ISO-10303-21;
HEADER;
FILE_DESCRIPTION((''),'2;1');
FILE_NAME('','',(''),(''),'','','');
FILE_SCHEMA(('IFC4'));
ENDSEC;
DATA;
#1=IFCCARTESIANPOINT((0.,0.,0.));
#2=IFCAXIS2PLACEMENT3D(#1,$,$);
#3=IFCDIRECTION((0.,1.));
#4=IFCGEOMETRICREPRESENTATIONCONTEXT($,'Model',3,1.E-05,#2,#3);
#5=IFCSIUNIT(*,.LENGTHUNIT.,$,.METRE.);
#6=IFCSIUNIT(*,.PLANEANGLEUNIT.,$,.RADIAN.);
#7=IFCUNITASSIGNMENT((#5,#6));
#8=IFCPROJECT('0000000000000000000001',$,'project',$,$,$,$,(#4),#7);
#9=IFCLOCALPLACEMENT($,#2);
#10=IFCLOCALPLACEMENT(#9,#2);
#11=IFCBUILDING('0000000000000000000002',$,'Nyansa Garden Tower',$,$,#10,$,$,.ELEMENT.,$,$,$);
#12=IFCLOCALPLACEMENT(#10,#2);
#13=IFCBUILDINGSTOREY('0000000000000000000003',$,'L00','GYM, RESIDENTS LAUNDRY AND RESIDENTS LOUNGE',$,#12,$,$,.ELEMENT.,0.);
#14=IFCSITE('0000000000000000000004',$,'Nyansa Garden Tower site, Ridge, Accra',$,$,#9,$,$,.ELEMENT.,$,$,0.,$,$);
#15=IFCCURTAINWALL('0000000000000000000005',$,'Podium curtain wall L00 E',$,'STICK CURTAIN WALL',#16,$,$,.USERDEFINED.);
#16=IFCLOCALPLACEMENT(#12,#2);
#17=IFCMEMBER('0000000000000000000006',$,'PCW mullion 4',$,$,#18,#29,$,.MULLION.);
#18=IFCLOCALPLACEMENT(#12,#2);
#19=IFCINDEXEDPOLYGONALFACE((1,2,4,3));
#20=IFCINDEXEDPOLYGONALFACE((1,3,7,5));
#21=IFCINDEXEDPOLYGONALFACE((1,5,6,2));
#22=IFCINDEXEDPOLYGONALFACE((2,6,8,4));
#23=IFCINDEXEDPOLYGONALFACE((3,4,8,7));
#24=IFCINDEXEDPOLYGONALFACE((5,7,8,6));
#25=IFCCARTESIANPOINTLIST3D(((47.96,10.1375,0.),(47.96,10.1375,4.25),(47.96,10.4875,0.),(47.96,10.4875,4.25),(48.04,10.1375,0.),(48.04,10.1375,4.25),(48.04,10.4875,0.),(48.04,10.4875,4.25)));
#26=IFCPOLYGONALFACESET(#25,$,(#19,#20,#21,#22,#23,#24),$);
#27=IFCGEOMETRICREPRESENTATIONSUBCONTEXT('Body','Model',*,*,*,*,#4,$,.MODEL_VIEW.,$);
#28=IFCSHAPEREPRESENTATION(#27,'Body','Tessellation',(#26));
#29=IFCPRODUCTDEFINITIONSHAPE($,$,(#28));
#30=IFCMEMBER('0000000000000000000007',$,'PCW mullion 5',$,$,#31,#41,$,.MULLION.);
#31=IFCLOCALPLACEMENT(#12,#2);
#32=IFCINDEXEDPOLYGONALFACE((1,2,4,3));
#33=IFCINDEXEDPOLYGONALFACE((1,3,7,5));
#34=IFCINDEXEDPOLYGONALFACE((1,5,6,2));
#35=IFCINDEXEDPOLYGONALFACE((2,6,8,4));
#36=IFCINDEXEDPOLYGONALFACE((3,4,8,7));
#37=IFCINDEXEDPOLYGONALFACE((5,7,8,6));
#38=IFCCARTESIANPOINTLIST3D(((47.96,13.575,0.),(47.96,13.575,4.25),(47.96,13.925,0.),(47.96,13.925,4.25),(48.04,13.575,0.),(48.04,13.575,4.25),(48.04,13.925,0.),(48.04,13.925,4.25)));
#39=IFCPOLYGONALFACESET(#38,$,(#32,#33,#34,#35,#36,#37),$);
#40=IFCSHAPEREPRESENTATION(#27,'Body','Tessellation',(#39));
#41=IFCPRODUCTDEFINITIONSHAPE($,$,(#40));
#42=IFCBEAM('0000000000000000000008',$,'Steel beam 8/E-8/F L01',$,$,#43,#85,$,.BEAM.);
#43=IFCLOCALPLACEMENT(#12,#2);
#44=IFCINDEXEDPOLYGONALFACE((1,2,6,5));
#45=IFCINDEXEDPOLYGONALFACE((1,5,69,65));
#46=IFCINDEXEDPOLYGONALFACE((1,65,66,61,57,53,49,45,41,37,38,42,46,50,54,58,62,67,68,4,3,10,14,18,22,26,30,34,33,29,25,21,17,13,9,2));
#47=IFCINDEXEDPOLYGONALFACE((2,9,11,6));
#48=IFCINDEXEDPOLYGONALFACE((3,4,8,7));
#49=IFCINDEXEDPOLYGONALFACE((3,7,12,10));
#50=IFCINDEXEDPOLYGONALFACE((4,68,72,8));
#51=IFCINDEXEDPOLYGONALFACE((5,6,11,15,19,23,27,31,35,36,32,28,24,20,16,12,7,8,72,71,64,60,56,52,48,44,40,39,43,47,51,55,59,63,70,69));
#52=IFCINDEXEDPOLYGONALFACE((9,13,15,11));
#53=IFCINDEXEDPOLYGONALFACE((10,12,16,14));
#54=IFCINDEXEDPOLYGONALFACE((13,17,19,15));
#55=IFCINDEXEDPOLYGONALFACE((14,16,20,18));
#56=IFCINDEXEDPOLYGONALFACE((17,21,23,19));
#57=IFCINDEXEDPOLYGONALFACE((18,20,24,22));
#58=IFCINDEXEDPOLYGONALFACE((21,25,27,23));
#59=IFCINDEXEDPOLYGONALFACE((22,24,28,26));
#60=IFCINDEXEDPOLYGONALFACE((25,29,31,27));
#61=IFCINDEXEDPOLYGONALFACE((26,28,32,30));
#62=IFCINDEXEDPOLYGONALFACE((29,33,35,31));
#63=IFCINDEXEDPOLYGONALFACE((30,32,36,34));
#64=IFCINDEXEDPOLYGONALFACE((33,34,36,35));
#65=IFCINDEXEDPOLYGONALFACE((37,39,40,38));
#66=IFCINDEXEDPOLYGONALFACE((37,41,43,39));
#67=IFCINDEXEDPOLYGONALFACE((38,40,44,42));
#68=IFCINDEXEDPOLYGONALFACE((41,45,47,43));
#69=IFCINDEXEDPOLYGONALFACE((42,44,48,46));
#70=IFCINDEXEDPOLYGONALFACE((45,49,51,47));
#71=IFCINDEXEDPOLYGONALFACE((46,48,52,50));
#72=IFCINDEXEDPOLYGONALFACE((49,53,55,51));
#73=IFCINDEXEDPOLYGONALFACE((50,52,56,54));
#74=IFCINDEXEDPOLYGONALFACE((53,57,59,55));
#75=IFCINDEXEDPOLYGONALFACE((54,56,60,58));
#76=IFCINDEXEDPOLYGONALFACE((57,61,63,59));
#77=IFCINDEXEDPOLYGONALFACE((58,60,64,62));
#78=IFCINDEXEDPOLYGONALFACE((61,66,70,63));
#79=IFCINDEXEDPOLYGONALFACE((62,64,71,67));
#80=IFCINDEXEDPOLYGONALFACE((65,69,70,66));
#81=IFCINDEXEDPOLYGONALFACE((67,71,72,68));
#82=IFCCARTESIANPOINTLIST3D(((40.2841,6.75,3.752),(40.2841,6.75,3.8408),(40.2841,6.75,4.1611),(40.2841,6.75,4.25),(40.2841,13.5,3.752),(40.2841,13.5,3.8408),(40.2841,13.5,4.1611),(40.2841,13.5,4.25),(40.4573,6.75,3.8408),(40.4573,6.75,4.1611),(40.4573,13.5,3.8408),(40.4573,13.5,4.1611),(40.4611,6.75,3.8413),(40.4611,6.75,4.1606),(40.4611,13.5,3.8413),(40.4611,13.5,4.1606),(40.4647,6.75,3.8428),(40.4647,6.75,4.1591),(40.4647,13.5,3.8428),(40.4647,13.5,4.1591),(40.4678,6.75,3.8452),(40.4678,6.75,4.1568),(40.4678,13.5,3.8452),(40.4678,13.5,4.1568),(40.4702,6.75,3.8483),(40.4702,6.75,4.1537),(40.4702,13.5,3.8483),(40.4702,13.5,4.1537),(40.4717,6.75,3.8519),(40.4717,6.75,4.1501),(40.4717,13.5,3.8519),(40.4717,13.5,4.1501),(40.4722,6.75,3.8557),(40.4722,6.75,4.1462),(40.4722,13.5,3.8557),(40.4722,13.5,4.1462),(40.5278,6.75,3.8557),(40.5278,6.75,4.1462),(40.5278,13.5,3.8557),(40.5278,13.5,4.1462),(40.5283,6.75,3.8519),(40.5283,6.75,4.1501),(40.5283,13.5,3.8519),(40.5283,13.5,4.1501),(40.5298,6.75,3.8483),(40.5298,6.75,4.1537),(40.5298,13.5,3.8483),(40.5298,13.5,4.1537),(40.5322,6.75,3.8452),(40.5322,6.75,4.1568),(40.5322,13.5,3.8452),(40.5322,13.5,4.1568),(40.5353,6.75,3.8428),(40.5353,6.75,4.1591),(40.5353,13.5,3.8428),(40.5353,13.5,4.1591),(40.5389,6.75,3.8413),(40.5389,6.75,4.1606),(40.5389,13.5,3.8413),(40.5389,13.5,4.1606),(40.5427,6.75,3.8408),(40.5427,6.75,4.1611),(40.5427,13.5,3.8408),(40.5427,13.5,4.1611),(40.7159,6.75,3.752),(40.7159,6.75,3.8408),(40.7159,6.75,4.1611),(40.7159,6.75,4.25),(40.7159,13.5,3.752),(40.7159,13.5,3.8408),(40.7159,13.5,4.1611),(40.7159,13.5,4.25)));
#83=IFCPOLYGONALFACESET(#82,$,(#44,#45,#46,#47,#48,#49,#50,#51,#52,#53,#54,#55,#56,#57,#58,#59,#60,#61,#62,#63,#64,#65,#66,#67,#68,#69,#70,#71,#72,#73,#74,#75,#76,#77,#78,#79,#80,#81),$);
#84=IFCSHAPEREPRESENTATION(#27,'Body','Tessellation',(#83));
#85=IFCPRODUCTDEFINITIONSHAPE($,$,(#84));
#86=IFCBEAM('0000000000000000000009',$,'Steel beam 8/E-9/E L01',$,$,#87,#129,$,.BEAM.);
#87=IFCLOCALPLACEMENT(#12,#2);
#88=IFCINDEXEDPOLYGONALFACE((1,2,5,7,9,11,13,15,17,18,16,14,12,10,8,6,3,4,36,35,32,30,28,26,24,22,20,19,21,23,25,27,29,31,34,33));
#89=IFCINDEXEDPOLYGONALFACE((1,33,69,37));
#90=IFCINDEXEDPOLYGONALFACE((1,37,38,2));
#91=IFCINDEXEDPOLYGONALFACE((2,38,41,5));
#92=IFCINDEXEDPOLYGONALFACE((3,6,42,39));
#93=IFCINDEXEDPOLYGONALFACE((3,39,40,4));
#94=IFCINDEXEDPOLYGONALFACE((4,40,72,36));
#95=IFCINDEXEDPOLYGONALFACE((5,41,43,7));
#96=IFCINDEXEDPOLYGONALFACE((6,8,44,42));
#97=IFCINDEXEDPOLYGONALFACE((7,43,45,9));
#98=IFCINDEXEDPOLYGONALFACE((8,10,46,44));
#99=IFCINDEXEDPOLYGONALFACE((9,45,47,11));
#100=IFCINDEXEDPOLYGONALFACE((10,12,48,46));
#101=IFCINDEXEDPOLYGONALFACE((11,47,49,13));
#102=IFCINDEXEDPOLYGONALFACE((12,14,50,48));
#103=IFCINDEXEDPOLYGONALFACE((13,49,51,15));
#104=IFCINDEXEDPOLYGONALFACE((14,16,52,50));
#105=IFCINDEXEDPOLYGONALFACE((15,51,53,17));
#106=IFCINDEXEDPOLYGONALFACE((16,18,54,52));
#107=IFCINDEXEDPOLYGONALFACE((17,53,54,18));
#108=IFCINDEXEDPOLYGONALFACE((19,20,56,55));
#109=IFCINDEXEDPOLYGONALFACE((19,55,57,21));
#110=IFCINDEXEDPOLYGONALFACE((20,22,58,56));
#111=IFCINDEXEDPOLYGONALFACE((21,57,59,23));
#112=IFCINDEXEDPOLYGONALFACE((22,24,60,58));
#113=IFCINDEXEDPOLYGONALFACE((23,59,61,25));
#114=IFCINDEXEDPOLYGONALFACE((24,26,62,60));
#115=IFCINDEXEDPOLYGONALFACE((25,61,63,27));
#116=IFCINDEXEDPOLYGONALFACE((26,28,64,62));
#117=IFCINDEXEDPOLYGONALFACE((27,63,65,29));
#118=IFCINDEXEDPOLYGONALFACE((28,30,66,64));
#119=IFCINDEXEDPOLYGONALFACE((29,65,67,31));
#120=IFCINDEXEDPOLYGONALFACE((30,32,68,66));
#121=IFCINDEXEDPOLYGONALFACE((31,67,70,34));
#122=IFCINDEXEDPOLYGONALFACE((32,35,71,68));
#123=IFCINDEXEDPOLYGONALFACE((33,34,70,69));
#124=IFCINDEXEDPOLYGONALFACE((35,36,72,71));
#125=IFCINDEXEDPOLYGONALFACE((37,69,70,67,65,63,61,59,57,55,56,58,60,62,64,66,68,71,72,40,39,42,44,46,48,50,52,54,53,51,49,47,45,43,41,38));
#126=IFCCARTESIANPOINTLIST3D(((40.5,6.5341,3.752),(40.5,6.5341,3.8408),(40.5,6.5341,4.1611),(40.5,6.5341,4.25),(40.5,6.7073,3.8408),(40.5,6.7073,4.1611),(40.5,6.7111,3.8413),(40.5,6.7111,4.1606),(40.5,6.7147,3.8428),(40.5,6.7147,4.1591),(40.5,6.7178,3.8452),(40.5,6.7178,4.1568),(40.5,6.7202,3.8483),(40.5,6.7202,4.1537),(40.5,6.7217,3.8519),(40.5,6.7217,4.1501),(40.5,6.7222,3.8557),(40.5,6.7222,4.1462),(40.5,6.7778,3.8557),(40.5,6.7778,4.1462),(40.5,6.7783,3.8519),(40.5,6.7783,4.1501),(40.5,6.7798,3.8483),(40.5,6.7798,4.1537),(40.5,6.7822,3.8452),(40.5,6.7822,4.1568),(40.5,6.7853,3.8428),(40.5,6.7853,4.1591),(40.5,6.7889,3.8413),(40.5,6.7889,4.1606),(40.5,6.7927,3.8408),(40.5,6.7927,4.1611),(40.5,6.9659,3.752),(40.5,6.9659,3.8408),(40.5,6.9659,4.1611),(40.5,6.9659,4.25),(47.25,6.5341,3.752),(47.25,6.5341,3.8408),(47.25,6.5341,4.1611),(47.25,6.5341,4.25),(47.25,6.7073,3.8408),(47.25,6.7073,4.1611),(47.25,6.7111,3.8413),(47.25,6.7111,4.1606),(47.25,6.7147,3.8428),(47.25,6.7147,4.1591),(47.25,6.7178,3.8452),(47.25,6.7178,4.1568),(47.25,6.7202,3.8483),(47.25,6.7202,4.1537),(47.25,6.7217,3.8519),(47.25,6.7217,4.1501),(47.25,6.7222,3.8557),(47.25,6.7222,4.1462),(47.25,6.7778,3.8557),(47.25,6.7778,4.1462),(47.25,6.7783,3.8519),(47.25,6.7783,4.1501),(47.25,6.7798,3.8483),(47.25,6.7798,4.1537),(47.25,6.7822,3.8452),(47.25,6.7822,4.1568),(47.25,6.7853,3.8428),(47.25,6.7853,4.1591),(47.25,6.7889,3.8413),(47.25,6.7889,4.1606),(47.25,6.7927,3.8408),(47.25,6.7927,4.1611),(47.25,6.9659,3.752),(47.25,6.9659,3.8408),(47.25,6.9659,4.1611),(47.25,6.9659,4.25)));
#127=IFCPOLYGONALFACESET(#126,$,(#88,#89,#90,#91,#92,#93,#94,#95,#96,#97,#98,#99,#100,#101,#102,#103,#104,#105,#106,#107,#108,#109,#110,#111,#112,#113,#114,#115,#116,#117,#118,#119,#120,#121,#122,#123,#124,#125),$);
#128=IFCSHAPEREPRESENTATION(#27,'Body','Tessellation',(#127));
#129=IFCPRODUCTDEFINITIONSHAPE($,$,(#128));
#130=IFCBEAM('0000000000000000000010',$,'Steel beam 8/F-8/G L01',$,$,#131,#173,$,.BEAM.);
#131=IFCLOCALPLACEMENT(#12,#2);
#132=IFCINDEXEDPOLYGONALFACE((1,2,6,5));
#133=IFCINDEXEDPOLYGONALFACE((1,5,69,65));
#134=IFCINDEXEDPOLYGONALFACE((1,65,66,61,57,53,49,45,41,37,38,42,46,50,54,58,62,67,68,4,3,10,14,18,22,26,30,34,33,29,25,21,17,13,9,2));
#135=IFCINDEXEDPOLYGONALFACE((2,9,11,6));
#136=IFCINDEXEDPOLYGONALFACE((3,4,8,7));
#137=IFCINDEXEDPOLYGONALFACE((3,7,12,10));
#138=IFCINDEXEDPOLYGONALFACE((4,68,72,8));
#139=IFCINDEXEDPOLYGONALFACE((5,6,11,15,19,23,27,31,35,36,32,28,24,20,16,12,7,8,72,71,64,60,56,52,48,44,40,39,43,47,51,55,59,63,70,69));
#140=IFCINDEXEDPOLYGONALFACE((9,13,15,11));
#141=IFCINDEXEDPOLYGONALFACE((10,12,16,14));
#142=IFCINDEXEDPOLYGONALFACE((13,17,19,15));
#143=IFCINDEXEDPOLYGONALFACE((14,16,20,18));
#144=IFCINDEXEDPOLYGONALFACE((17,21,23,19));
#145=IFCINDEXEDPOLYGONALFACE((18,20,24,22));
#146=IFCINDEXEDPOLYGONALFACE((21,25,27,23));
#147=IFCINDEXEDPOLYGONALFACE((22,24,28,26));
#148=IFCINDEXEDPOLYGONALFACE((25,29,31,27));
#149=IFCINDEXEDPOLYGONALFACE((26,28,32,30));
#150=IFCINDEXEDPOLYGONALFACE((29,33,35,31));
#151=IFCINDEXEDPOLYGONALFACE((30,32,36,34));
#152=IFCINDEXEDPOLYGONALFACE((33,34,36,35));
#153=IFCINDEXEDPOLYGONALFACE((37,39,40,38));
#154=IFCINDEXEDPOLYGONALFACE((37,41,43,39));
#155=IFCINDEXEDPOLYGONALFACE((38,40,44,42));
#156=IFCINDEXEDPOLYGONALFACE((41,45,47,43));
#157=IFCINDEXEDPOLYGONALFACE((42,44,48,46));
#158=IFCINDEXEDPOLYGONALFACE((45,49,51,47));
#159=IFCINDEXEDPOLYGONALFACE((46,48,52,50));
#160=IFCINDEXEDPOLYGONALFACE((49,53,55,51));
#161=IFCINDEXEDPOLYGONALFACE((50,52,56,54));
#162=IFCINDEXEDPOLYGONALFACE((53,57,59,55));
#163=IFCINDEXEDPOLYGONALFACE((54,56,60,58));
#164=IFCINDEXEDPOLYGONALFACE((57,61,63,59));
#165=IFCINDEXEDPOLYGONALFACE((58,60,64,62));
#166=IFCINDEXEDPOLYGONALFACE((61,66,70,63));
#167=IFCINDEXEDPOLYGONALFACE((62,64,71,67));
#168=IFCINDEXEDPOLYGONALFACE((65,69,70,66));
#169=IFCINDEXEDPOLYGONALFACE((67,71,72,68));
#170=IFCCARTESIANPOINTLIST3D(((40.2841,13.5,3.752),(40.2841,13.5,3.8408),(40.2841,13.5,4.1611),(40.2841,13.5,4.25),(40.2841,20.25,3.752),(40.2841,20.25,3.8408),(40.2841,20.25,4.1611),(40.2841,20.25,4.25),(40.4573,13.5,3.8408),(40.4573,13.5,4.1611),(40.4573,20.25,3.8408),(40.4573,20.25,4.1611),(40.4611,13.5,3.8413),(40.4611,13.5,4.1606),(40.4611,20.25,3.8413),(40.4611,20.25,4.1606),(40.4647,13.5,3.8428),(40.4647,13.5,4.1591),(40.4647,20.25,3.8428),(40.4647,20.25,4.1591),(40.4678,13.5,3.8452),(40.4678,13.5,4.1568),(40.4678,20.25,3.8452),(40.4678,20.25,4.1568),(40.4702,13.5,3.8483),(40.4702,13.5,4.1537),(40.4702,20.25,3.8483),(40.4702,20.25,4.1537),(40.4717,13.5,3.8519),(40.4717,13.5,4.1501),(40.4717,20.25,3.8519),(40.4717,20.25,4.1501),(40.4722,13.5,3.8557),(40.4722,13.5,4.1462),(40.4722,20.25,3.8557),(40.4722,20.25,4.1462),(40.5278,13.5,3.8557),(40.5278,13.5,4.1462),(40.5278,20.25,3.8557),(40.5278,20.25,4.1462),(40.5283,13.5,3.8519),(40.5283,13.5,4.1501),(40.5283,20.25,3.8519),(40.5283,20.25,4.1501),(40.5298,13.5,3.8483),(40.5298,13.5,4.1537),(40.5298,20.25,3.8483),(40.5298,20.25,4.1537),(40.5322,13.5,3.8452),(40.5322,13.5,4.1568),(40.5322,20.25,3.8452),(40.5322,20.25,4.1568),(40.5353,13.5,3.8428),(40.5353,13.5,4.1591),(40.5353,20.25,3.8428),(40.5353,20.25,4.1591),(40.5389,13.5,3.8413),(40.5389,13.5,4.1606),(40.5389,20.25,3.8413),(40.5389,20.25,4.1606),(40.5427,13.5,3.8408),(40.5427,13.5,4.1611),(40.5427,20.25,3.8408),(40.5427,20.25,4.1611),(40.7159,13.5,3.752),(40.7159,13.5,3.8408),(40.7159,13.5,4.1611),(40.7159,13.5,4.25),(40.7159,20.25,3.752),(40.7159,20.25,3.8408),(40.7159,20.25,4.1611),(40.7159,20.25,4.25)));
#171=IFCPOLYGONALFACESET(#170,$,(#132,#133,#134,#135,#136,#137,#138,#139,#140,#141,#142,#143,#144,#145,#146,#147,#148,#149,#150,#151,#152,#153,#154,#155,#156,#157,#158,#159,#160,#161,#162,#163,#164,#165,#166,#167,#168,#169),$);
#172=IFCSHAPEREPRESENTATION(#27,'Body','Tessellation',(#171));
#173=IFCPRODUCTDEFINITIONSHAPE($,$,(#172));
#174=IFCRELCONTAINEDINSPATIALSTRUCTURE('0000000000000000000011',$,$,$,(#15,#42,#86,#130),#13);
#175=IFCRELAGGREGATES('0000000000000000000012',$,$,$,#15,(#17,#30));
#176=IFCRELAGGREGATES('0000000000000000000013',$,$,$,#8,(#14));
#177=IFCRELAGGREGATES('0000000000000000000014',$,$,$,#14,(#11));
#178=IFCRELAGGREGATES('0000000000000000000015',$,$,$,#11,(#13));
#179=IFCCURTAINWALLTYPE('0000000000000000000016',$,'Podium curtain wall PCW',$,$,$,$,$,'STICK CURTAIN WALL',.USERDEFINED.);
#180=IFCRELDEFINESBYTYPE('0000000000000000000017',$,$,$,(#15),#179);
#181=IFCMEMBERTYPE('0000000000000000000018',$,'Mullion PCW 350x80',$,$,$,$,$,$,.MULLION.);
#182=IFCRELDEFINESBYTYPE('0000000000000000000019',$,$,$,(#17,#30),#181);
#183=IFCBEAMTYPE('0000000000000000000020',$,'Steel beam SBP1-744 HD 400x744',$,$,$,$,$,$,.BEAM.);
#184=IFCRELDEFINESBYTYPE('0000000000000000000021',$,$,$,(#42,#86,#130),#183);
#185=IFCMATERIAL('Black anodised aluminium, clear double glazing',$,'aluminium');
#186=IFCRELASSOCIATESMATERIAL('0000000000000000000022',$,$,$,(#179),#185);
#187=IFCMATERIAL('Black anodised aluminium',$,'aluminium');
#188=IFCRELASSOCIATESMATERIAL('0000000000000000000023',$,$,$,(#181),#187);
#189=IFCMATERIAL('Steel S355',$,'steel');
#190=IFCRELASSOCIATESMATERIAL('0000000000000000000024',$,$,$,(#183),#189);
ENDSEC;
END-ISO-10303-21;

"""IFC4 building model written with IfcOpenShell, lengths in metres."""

from ifc_helpers import new_model, si_unit, direction, frame, origin, origin_2d, place, context, subcontext, project, spatial, rectangle, i_section, extrude, material, material_profile, profile_set, type_object, element, aggregate, save


model = new_model("IFC4")

# Units and contexts
model_context = context("Model", 3, precision=1e-05, world=origin(), true_north=direction((0.0, 1.0)))
body_context = subcontext(model_context, "Body", "Model", "MODEL_VIEW")
ifc_project = project(units=[si_unit("LENGTHUNIT", "METRE"), si_unit("PLANEANGLEUNIT", "RADIAN")], contexts=[model_context])

# Site, building, storey
site_placement = place(None, origin())
site = spatial("IfcSite", under=ifc_project, at=site_placement, Name="Nyansa Garden Tower site, Ridge, Accra", CompositionType="ELEMENT", RefElevation=0.0)
building_placement = place(site_placement, origin())
building = spatial("IfcBuilding", under=site, at=building_placement, Name="Nyansa Garden Tower", CompositionType="ELEMENT")
storey_placement = place(building_placement, origin())
storey = spatial("IfcBuildingStorey", under=building, at=storey_placement, Name="L00", Description="GYM, RESIDENTS LAUNDRY AND RESIDENTS LOUNGE", CompositionType="ELEMENT", Elevation=0.0)

# Curtain wall, members
ifc_material_1 = material(Name="Black anodised aluminium, clear double glazing", Category="aluminium")
curtain_wall_type = type_object("IfcCurtainWallType", Name="Podium curtain wall PCW", ElementType="STICK CURTAIN WALL", PredefinedType="USERDEFINED", material=ifc_material_1)
curtain_wall_placement = place(storey_placement, origin())
curtain_wall = element("IfcCurtainWall", 1, at=curtain_wall_placement, inside=storey, type_object=curtain_wall_type, Name="Podium curtain wall L00 E", ObjectType="STICK CURTAIN WALL", PredefinedType="USERDEFINED")
ifc_material_2 = material(Name="Black anodised aluminium", Category="aluminium")
ifc_material_profile_1 = material_profile(ifc_material_2, rectangle(XDim=0.0801, YDim=0.3501, at=origin_2d()), Name="Mullion 350x80")
ifc_profile_set_1 = profile_set([ifc_material_profile_1], Name="Black anodised aluminium")
member_type_1 = type_object("IfcMemberType", Name="Mullion PCW 350x80", PredefinedType="MULLION", material=ifc_profile_set_1)
member_1_placement = place(storey_placement, frame((48.0, 10.3125, 0.0), z_axis=(0.0, 0.0, 1.0), x_axis=(-1.0, 0.0, 0.0)))
member_1 = element("IfcMember", 2, at=member_1_placement, type_object=member_type_1, Name="PCW mullion 4", PredefinedType="MULLION", context=body_context, shape_type="SweptSolid", body=[
    extrude(rectangle(XDim=0.0801, YDim=0.3501, at=origin_2d()), origin(), (0.0, 0.0, 1.0), 4.25),
])
member_2_placement = place(storey_placement, frame((48.0, 13.75, 0.0), z_axis=(0.0, 0.0, 1.0), x_axis=(-1.0, 0.0, 0.0)))
member_2 = element("IfcMember", 3, at=member_2_placement, type_object=member_type_1, Name="PCW mullion 5", PredefinedType="MULLION", context=body_context, shape_type="SweptSolid", body=[
    extrude(rectangle(XDim=0.0801, YDim=0.3501, at=origin_2d()), origin(), (0.0, 0.0, 1.0), 4.25),
])

# Beams
ifc_material_3 = material(Name="Steel S355", Category="steel")
ifc_material_profile_2 = material_profile(ifc_material_3, i_section(OverallWidth=0.4319, OverallDepth=0.498, WebThickness=0.0557, FlangeThickness=0.0889, FilletRadius=0.0149, at=origin_2d()), Name="HD 400x744")
ifc_profile_set_2 = profile_set([ifc_material_profile_2], Name="Steel S355")
beam_type_1 = type_object("IfcBeamType", Name="Steel beam SBP1-744 HD 400x744", PredefinedType="BEAM", material=ifc_profile_set_2)
for number, where, z_axis, x_axis, name in (
    (4, (40.5, 6.75, 4.001), (0.0, 1.0, 0.0), (-1.0, 0.0, 0.0), "Steel beam 8/E-8/F L01"),
    (5, (40.5, 6.75, 4.001), (1.0, 0.0, 0.0), (0.0, 1.0, 0.0), "Steel beam 8/E-9/E L01"),
    (6, (40.5, 13.5, 4.001), (0.0, 1.0, 0.0), (-1.0, 0.0, 0.0), "Steel beam 8/F-8/G L01"),
):
    element("IfcBeam", number, at=place(storey_placement, frame(where, z_axis=z_axis, x_axis=x_axis)), inside=storey, type_object=beam_type_1, Name=name, PredefinedType="BEAM", context=body_context, shape_type="SweptSolid", body=[
        extrude(i_section(OverallWidth=0.4319, OverallDepth=0.498, WebThickness=0.0557, FlangeThickness=0.0889, FilletRadius=0.0149, at=origin_2d()), origin(), (0.0, 0.0, 1.0), 6.75),
    ])

aggregate(curtain_wall, [member_1, member_2])

save(model, "model.ifc")
